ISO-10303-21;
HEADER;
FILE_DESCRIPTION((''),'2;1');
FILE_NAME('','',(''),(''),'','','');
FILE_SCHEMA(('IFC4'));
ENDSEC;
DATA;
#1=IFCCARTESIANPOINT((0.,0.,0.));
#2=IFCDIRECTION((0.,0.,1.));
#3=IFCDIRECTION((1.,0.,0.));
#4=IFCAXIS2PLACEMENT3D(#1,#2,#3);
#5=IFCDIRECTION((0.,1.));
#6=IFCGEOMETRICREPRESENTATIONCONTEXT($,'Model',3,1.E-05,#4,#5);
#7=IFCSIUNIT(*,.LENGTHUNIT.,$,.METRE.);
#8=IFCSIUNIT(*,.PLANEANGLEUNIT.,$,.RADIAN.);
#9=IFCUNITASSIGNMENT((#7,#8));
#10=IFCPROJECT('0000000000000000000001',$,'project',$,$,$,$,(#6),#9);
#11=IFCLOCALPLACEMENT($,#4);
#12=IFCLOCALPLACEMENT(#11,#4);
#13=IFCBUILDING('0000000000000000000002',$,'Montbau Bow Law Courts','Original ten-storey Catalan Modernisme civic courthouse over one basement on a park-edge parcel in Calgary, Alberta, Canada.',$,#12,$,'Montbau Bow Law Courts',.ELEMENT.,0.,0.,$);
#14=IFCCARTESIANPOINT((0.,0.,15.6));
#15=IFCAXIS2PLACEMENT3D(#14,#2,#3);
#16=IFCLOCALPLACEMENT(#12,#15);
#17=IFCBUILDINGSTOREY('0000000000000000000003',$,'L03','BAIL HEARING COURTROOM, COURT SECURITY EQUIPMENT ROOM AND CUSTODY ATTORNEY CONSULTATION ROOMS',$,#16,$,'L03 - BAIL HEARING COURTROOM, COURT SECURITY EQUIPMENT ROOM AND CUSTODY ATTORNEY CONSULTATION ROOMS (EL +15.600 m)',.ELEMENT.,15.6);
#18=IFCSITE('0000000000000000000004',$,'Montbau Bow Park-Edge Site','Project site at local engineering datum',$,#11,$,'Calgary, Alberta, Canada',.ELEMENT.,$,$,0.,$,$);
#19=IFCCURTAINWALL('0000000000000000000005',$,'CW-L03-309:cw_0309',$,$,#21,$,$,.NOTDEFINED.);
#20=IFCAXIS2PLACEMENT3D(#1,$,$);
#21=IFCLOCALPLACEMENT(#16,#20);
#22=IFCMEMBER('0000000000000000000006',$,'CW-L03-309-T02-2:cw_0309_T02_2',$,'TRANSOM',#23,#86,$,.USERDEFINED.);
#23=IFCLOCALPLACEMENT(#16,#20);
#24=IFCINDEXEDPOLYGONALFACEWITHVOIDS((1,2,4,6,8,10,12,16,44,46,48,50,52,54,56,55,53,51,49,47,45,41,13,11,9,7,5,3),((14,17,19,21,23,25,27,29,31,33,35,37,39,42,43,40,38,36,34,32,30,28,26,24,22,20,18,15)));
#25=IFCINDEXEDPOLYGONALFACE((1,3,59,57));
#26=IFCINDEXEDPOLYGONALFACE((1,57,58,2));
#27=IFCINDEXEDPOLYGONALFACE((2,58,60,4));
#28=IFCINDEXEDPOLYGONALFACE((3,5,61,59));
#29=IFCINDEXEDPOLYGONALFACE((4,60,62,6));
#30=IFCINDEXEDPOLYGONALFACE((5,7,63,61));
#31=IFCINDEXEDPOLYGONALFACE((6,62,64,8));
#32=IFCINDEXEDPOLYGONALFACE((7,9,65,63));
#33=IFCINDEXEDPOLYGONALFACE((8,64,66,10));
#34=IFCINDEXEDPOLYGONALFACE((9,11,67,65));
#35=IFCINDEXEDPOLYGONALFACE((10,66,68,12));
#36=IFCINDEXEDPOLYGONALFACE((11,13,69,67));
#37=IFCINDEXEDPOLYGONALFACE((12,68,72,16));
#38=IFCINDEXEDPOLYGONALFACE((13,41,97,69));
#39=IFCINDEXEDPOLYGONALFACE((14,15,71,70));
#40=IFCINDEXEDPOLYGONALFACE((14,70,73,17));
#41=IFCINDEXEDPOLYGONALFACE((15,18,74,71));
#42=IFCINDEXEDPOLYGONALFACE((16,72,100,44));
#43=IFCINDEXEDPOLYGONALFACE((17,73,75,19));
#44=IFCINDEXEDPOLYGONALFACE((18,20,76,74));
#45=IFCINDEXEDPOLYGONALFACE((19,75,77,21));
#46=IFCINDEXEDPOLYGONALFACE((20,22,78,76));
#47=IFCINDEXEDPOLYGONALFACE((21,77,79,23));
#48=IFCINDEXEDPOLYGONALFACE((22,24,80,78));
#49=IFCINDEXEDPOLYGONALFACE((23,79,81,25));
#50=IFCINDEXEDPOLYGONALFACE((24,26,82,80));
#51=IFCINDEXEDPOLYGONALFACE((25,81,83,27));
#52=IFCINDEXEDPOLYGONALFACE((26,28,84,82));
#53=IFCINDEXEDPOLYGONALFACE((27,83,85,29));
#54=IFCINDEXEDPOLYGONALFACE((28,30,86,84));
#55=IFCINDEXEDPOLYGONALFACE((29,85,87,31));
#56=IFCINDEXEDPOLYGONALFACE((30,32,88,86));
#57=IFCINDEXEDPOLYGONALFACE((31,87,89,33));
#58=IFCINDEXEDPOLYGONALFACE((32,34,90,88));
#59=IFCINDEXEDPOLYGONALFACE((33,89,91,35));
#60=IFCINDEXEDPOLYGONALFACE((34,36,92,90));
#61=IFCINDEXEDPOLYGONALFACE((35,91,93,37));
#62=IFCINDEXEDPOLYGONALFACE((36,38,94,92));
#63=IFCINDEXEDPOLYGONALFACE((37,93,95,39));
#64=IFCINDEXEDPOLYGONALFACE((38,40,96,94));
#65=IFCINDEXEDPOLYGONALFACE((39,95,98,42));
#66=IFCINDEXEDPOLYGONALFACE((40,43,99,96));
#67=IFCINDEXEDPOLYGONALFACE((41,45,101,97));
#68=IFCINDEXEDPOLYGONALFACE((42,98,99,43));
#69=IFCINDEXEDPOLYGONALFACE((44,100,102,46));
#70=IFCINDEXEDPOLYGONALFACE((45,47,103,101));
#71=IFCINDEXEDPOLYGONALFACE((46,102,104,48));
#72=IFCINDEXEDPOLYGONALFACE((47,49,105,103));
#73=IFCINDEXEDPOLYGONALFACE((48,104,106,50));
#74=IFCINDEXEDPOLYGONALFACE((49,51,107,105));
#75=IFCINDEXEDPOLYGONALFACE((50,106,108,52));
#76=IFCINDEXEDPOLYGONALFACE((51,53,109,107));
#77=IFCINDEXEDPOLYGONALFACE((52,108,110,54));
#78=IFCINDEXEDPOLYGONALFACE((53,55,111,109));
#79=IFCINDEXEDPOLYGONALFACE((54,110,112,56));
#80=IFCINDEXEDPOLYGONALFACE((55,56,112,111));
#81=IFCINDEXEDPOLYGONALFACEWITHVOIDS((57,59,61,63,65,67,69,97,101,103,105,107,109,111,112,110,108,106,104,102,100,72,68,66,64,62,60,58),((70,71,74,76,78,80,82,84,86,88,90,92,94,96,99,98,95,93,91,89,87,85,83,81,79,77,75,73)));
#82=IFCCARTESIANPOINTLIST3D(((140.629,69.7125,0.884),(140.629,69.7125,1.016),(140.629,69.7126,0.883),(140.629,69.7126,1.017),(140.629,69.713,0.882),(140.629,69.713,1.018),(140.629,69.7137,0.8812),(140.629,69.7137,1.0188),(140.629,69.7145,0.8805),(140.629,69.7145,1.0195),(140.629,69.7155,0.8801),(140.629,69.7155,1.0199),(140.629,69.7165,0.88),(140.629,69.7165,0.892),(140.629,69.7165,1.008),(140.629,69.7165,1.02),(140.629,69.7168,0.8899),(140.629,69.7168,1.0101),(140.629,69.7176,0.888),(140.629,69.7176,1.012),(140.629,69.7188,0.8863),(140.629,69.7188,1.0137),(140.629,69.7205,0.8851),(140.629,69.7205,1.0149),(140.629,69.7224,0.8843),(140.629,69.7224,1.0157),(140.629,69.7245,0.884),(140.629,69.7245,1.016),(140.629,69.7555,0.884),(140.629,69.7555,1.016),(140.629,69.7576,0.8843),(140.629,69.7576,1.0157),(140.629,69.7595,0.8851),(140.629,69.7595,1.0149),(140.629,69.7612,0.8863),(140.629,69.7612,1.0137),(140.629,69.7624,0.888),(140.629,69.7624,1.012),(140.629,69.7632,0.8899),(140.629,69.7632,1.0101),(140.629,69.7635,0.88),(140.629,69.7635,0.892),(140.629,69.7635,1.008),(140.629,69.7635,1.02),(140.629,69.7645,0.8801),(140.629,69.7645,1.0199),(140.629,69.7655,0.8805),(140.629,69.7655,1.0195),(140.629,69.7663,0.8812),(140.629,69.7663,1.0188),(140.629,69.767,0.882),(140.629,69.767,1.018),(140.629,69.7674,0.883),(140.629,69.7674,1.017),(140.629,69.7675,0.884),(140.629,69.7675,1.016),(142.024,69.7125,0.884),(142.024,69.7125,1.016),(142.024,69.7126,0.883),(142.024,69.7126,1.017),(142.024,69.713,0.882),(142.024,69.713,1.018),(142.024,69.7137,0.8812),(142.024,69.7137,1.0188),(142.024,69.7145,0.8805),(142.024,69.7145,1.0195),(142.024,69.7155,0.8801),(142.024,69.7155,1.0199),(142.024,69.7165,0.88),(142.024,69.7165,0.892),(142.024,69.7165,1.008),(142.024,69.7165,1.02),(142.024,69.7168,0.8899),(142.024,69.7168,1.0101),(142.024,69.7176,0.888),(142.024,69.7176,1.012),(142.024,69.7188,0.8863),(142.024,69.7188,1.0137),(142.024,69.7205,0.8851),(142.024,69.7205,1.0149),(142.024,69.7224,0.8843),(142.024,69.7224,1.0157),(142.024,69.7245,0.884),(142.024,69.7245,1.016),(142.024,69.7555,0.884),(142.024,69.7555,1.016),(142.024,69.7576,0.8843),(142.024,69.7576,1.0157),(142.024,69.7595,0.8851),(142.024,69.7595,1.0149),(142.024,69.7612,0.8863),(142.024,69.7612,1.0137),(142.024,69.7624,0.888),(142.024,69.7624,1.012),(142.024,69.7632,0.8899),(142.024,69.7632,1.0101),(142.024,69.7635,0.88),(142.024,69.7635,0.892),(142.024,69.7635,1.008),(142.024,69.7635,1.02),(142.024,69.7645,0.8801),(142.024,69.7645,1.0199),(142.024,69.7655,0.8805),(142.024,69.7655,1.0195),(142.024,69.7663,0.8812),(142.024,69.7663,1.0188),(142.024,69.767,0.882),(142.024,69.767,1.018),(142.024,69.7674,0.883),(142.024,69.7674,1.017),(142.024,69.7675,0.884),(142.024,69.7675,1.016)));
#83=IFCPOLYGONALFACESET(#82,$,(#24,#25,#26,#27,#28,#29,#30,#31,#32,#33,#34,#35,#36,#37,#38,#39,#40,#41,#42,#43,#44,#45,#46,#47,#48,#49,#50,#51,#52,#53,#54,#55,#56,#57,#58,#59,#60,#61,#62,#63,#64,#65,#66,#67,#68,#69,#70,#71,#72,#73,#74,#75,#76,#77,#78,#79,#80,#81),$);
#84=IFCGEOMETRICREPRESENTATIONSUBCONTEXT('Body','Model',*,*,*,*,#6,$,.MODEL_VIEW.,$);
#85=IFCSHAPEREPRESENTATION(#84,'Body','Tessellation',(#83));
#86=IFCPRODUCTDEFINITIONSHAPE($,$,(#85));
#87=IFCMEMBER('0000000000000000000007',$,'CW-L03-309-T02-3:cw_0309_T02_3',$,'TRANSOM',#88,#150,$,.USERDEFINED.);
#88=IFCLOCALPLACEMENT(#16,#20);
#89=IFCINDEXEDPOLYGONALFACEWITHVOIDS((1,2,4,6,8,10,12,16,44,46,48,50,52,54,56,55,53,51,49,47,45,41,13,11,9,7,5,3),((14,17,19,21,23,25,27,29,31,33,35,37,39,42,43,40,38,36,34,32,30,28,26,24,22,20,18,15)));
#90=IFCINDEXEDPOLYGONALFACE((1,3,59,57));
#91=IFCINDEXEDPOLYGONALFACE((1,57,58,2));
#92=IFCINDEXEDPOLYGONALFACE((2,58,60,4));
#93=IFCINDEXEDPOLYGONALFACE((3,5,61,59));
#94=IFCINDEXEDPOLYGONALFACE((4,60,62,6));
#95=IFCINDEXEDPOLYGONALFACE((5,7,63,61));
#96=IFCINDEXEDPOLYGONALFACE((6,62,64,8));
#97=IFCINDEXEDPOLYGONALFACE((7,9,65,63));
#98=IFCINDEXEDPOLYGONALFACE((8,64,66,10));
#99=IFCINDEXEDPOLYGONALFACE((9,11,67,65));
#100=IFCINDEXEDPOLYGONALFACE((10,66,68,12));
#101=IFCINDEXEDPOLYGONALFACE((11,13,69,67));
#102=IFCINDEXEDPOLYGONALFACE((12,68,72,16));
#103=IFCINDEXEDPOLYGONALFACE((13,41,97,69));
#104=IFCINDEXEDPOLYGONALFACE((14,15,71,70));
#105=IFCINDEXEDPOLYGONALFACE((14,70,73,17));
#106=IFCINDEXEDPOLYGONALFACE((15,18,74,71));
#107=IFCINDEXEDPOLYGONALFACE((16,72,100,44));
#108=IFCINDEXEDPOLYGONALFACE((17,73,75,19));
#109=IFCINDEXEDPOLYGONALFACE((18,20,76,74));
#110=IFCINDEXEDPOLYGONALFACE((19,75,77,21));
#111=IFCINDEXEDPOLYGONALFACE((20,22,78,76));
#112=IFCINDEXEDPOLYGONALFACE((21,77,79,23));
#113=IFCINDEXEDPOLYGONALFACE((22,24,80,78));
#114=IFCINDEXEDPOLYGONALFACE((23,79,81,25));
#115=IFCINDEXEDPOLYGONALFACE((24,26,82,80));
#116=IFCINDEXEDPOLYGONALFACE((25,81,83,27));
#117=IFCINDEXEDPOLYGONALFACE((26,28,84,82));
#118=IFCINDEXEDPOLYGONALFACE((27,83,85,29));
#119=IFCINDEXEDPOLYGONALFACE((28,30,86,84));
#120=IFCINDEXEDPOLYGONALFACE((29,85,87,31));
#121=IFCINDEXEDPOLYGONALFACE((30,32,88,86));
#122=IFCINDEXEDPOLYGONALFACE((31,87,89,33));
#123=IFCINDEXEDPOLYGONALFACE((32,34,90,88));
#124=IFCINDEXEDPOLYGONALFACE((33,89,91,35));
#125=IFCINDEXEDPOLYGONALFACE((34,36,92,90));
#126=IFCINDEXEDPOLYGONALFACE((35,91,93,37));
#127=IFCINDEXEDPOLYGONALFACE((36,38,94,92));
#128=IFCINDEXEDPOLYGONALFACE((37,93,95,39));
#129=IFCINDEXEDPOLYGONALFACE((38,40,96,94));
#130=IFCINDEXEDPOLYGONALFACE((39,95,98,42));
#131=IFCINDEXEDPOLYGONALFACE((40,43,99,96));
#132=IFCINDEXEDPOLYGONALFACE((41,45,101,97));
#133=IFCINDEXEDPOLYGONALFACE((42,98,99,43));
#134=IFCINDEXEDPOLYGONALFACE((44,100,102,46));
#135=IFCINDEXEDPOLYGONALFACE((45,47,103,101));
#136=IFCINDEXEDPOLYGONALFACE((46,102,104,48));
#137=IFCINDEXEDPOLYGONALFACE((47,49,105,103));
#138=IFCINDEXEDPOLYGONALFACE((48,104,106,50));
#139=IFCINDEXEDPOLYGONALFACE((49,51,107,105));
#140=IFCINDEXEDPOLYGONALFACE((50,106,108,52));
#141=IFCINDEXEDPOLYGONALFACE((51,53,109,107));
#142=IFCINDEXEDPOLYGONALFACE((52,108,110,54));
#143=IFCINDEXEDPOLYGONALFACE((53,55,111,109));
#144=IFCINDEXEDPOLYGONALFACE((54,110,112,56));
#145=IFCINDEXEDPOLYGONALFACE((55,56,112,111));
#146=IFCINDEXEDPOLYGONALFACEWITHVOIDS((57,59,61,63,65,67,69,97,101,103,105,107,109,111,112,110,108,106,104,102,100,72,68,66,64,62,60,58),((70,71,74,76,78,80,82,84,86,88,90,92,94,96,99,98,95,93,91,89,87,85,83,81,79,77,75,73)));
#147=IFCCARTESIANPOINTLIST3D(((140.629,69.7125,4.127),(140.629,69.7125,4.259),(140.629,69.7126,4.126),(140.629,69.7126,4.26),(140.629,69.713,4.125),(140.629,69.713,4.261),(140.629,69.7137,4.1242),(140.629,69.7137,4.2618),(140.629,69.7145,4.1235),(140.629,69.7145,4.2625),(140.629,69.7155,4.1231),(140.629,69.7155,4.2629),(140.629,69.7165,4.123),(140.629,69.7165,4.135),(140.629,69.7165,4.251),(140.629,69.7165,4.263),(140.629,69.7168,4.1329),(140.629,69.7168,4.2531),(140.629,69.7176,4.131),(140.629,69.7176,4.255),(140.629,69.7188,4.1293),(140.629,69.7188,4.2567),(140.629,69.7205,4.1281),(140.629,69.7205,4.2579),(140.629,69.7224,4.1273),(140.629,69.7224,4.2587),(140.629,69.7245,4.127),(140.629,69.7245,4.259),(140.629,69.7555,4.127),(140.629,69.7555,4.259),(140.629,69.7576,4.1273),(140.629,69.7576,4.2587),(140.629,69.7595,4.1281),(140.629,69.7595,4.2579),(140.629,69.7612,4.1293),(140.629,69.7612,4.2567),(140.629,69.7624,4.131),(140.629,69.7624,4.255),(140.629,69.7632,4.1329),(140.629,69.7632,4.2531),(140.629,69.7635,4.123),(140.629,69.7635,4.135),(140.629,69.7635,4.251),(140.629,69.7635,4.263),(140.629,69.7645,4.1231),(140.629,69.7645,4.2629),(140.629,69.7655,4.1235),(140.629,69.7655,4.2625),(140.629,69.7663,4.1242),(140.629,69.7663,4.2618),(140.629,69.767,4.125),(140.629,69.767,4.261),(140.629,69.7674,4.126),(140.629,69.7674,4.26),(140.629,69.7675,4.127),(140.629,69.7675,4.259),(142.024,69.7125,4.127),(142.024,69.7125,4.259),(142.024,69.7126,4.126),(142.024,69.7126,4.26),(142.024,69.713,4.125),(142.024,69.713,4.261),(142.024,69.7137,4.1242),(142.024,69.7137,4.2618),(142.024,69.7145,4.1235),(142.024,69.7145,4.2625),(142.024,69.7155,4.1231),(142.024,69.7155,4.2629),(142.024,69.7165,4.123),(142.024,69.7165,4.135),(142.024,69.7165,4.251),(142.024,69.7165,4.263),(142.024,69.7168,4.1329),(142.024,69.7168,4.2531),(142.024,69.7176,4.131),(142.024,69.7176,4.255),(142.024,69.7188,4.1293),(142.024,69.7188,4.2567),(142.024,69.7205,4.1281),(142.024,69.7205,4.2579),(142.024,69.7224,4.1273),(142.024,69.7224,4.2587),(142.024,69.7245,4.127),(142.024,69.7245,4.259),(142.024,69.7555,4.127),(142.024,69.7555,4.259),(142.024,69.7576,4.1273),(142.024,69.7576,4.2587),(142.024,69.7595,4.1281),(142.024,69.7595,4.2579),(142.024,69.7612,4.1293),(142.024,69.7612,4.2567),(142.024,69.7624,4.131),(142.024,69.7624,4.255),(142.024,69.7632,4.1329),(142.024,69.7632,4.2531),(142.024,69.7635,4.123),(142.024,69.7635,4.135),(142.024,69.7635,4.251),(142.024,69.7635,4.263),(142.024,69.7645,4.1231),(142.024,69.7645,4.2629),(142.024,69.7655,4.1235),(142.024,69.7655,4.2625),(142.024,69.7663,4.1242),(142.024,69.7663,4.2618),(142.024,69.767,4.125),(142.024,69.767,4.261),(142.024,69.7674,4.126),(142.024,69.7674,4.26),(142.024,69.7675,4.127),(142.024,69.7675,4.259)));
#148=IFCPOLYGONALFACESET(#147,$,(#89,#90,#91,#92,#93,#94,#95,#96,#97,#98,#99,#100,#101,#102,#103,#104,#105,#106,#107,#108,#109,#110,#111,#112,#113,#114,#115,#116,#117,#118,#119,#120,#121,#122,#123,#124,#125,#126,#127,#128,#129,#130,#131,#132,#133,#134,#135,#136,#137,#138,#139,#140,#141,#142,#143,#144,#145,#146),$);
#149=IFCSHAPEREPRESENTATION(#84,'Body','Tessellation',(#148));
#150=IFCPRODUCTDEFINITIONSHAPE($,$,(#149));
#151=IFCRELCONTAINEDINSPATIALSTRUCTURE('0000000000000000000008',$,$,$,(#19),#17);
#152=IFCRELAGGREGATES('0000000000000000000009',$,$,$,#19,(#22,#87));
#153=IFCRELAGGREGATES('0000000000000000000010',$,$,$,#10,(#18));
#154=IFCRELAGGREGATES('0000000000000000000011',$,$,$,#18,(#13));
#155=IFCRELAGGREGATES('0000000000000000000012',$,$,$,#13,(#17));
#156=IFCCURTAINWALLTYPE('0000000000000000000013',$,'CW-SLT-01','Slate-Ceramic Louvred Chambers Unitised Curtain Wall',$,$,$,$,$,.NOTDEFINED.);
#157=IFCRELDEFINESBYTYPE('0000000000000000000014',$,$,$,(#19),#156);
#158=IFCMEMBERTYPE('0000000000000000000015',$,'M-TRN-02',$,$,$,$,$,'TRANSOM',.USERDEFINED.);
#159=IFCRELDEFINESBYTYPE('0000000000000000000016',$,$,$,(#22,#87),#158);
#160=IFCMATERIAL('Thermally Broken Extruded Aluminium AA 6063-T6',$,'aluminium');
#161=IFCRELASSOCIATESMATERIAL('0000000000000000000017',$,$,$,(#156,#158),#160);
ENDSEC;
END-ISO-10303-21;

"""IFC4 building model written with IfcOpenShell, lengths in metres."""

from ifc_helpers import new_model, si_unit, direction, frame, origin_with_axes, origin_2d_with_axis, place, context, subcontext, project, spatial, hollow_rectangle, extrude, material, material_profile, profile_set, type_object, element, aggregate, save


model = new_model("IFC4")

# Units and contexts
model_context = context("Model", 3, precision=1e-05, world=origin_with_axes(), true_north=direction((0.0, 1.0)))
body_context = subcontext(model_context, "Body", "Model", "MODEL_VIEW")
ifc_project = project(units=[si_unit("LENGTHUNIT", "METRE"), si_unit("PLANEANGLEUNIT", "RADIAN")], contexts=[model_context])

# Site, building, storey
site_placement = place(None, origin_with_axes())
site = spatial("IfcSite", under=ifc_project, at=site_placement, Name="Montbau Bow Park-Edge Site", Description="Project site at local engineering datum", LongName="Calgary, Alberta, Canada", CompositionType="ELEMENT", RefElevation=0.0)
building_placement = place(site_placement, origin_with_axes())
building = spatial("IfcBuilding", under=site, at=building_placement, Name="Montbau Bow Law Courts", Description="Original ten-storey Catalan Modernisme civic courthouse over one basement on a park-edge parcel in Calgary, Alberta, Canada.", LongName="Montbau Bow Law Courts", CompositionType="ELEMENT", ElevationOfRefHeight=0.0, ElevationOfTerrain=0.0)
storey_placement = place(building_placement, frame((0.0, 0.0, 15.6), z_axis=(0.0, 0.0, 1.0), x_axis=(1.0, 0.0, 0.0)))
storey = spatial("IfcBuildingStorey", under=building, at=storey_placement, Name="L03", Description="BAIL HEARING COURTROOM, COURT SECURITY EQUIPMENT ROOM AND CUSTODY ATTORNEY CONSULTATION ROOMS", LongName="L03 - BAIL HEARING COURTROOM, COURT SECURITY EQUIPMENT ROOM AND CUSTODY ATTORNEY CONSULTATION ROOMS (EL +15.600 m)", CompositionType="ELEMENT", Elevation=15.6)

# Curtain wall, members
ifc_material_1 = material(Name="Thermally Broken Extruded Aluminium AA 6063-T6", Category="aluminium")
curtain_wall_type = type_object("IfcCurtainWallType", Name="CW-SLT-01", Description="Slate-Ceramic Louvred Chambers Unitised Curtain Wall", PredefinedType="NOTDEFINED", material=ifc_material_1)
curtain_wall_placement = place(None, frame((139.115, 69.74, 15.6), z_axis=(0.0, 0.0, 1.0), x_axis=(1.0, 0.0, 0.0)))
curtain_wall = element("IfcCurtainWall", 1, at=curtain_wall_placement, inside=storey, type_object=curtain_wall_type, Name="CW-L03-309:cw_0309", PredefinedType="NOTDEFINED")
ifc_material_profile_1 = material_profile(ifc_material_1, hollow_rectangle(XDim=0.055, YDim=0.14, WallThickness=0.004, InnerFilletRadius=0.008, OuterFilletRadius=0.004, at=origin_2d_with_axis()), Name="CWT-140X55", Category="Main", Priority=0)
ifc_profile_set_1 = profile_set([ifc_material_profile_1], Name="Thermally Broken Extruded Aluminium AA 6063-T6")
member_type_1 = type_object("IfcMemberType", Name="M-TRN-02", ElementType="TRANSOM", PredefinedType="USERDEFINED", material=ifc_profile_set_1)
member_1_placement = place(None, frame((140.629, 69.74, 16.55), z_axis=(1.0, 0.0, 0.0), x_axis=(0.0, 1.0, 0.0)))
member_1 = element("IfcMember", 2, at=member_1_placement, type_object=member_type_1, Name="CW-L03-309-T02-2:cw_0309_T02_2", ObjectType="TRANSOM", PredefinedType="USERDEFINED", context=body_context, shape_type="SweptSolid", body=[
    extrude(hollow_rectangle(XDim=0.055, YDim=0.14, WallThickness=0.004, InnerFilletRadius=0.008, OuterFilletRadius=0.004, at=origin_2d_with_axis()), origin_with_axes(), (0.0, 0.0, 1.0), 1.395),
])
member_2_placement = place(None, frame((140.629, 69.74, 19.793), z_axis=(1.0, 0.0, 0.0), x_axis=(0.0, 1.0, 0.0)))
member_2 = element("IfcMember", 3, at=member_2_placement, type_object=member_type_1, Name="CW-L03-309-T02-3:cw_0309_T02_3", ObjectType="TRANSOM", PredefinedType="USERDEFINED", context=body_context, shape_type="SweptSolid", body=[
    extrude(hollow_rectangle(XDim=0.055, YDim=0.14, WallThickness=0.004, InnerFilletRadius=0.008, OuterFilletRadius=0.004, at=origin_2d_with_axis()), origin_with_axes(), (0.0, 0.0, 1.0), 1.395),
])
aggregate(curtain_wall, [member_1, member_2])

save(model, "model.ifc")
